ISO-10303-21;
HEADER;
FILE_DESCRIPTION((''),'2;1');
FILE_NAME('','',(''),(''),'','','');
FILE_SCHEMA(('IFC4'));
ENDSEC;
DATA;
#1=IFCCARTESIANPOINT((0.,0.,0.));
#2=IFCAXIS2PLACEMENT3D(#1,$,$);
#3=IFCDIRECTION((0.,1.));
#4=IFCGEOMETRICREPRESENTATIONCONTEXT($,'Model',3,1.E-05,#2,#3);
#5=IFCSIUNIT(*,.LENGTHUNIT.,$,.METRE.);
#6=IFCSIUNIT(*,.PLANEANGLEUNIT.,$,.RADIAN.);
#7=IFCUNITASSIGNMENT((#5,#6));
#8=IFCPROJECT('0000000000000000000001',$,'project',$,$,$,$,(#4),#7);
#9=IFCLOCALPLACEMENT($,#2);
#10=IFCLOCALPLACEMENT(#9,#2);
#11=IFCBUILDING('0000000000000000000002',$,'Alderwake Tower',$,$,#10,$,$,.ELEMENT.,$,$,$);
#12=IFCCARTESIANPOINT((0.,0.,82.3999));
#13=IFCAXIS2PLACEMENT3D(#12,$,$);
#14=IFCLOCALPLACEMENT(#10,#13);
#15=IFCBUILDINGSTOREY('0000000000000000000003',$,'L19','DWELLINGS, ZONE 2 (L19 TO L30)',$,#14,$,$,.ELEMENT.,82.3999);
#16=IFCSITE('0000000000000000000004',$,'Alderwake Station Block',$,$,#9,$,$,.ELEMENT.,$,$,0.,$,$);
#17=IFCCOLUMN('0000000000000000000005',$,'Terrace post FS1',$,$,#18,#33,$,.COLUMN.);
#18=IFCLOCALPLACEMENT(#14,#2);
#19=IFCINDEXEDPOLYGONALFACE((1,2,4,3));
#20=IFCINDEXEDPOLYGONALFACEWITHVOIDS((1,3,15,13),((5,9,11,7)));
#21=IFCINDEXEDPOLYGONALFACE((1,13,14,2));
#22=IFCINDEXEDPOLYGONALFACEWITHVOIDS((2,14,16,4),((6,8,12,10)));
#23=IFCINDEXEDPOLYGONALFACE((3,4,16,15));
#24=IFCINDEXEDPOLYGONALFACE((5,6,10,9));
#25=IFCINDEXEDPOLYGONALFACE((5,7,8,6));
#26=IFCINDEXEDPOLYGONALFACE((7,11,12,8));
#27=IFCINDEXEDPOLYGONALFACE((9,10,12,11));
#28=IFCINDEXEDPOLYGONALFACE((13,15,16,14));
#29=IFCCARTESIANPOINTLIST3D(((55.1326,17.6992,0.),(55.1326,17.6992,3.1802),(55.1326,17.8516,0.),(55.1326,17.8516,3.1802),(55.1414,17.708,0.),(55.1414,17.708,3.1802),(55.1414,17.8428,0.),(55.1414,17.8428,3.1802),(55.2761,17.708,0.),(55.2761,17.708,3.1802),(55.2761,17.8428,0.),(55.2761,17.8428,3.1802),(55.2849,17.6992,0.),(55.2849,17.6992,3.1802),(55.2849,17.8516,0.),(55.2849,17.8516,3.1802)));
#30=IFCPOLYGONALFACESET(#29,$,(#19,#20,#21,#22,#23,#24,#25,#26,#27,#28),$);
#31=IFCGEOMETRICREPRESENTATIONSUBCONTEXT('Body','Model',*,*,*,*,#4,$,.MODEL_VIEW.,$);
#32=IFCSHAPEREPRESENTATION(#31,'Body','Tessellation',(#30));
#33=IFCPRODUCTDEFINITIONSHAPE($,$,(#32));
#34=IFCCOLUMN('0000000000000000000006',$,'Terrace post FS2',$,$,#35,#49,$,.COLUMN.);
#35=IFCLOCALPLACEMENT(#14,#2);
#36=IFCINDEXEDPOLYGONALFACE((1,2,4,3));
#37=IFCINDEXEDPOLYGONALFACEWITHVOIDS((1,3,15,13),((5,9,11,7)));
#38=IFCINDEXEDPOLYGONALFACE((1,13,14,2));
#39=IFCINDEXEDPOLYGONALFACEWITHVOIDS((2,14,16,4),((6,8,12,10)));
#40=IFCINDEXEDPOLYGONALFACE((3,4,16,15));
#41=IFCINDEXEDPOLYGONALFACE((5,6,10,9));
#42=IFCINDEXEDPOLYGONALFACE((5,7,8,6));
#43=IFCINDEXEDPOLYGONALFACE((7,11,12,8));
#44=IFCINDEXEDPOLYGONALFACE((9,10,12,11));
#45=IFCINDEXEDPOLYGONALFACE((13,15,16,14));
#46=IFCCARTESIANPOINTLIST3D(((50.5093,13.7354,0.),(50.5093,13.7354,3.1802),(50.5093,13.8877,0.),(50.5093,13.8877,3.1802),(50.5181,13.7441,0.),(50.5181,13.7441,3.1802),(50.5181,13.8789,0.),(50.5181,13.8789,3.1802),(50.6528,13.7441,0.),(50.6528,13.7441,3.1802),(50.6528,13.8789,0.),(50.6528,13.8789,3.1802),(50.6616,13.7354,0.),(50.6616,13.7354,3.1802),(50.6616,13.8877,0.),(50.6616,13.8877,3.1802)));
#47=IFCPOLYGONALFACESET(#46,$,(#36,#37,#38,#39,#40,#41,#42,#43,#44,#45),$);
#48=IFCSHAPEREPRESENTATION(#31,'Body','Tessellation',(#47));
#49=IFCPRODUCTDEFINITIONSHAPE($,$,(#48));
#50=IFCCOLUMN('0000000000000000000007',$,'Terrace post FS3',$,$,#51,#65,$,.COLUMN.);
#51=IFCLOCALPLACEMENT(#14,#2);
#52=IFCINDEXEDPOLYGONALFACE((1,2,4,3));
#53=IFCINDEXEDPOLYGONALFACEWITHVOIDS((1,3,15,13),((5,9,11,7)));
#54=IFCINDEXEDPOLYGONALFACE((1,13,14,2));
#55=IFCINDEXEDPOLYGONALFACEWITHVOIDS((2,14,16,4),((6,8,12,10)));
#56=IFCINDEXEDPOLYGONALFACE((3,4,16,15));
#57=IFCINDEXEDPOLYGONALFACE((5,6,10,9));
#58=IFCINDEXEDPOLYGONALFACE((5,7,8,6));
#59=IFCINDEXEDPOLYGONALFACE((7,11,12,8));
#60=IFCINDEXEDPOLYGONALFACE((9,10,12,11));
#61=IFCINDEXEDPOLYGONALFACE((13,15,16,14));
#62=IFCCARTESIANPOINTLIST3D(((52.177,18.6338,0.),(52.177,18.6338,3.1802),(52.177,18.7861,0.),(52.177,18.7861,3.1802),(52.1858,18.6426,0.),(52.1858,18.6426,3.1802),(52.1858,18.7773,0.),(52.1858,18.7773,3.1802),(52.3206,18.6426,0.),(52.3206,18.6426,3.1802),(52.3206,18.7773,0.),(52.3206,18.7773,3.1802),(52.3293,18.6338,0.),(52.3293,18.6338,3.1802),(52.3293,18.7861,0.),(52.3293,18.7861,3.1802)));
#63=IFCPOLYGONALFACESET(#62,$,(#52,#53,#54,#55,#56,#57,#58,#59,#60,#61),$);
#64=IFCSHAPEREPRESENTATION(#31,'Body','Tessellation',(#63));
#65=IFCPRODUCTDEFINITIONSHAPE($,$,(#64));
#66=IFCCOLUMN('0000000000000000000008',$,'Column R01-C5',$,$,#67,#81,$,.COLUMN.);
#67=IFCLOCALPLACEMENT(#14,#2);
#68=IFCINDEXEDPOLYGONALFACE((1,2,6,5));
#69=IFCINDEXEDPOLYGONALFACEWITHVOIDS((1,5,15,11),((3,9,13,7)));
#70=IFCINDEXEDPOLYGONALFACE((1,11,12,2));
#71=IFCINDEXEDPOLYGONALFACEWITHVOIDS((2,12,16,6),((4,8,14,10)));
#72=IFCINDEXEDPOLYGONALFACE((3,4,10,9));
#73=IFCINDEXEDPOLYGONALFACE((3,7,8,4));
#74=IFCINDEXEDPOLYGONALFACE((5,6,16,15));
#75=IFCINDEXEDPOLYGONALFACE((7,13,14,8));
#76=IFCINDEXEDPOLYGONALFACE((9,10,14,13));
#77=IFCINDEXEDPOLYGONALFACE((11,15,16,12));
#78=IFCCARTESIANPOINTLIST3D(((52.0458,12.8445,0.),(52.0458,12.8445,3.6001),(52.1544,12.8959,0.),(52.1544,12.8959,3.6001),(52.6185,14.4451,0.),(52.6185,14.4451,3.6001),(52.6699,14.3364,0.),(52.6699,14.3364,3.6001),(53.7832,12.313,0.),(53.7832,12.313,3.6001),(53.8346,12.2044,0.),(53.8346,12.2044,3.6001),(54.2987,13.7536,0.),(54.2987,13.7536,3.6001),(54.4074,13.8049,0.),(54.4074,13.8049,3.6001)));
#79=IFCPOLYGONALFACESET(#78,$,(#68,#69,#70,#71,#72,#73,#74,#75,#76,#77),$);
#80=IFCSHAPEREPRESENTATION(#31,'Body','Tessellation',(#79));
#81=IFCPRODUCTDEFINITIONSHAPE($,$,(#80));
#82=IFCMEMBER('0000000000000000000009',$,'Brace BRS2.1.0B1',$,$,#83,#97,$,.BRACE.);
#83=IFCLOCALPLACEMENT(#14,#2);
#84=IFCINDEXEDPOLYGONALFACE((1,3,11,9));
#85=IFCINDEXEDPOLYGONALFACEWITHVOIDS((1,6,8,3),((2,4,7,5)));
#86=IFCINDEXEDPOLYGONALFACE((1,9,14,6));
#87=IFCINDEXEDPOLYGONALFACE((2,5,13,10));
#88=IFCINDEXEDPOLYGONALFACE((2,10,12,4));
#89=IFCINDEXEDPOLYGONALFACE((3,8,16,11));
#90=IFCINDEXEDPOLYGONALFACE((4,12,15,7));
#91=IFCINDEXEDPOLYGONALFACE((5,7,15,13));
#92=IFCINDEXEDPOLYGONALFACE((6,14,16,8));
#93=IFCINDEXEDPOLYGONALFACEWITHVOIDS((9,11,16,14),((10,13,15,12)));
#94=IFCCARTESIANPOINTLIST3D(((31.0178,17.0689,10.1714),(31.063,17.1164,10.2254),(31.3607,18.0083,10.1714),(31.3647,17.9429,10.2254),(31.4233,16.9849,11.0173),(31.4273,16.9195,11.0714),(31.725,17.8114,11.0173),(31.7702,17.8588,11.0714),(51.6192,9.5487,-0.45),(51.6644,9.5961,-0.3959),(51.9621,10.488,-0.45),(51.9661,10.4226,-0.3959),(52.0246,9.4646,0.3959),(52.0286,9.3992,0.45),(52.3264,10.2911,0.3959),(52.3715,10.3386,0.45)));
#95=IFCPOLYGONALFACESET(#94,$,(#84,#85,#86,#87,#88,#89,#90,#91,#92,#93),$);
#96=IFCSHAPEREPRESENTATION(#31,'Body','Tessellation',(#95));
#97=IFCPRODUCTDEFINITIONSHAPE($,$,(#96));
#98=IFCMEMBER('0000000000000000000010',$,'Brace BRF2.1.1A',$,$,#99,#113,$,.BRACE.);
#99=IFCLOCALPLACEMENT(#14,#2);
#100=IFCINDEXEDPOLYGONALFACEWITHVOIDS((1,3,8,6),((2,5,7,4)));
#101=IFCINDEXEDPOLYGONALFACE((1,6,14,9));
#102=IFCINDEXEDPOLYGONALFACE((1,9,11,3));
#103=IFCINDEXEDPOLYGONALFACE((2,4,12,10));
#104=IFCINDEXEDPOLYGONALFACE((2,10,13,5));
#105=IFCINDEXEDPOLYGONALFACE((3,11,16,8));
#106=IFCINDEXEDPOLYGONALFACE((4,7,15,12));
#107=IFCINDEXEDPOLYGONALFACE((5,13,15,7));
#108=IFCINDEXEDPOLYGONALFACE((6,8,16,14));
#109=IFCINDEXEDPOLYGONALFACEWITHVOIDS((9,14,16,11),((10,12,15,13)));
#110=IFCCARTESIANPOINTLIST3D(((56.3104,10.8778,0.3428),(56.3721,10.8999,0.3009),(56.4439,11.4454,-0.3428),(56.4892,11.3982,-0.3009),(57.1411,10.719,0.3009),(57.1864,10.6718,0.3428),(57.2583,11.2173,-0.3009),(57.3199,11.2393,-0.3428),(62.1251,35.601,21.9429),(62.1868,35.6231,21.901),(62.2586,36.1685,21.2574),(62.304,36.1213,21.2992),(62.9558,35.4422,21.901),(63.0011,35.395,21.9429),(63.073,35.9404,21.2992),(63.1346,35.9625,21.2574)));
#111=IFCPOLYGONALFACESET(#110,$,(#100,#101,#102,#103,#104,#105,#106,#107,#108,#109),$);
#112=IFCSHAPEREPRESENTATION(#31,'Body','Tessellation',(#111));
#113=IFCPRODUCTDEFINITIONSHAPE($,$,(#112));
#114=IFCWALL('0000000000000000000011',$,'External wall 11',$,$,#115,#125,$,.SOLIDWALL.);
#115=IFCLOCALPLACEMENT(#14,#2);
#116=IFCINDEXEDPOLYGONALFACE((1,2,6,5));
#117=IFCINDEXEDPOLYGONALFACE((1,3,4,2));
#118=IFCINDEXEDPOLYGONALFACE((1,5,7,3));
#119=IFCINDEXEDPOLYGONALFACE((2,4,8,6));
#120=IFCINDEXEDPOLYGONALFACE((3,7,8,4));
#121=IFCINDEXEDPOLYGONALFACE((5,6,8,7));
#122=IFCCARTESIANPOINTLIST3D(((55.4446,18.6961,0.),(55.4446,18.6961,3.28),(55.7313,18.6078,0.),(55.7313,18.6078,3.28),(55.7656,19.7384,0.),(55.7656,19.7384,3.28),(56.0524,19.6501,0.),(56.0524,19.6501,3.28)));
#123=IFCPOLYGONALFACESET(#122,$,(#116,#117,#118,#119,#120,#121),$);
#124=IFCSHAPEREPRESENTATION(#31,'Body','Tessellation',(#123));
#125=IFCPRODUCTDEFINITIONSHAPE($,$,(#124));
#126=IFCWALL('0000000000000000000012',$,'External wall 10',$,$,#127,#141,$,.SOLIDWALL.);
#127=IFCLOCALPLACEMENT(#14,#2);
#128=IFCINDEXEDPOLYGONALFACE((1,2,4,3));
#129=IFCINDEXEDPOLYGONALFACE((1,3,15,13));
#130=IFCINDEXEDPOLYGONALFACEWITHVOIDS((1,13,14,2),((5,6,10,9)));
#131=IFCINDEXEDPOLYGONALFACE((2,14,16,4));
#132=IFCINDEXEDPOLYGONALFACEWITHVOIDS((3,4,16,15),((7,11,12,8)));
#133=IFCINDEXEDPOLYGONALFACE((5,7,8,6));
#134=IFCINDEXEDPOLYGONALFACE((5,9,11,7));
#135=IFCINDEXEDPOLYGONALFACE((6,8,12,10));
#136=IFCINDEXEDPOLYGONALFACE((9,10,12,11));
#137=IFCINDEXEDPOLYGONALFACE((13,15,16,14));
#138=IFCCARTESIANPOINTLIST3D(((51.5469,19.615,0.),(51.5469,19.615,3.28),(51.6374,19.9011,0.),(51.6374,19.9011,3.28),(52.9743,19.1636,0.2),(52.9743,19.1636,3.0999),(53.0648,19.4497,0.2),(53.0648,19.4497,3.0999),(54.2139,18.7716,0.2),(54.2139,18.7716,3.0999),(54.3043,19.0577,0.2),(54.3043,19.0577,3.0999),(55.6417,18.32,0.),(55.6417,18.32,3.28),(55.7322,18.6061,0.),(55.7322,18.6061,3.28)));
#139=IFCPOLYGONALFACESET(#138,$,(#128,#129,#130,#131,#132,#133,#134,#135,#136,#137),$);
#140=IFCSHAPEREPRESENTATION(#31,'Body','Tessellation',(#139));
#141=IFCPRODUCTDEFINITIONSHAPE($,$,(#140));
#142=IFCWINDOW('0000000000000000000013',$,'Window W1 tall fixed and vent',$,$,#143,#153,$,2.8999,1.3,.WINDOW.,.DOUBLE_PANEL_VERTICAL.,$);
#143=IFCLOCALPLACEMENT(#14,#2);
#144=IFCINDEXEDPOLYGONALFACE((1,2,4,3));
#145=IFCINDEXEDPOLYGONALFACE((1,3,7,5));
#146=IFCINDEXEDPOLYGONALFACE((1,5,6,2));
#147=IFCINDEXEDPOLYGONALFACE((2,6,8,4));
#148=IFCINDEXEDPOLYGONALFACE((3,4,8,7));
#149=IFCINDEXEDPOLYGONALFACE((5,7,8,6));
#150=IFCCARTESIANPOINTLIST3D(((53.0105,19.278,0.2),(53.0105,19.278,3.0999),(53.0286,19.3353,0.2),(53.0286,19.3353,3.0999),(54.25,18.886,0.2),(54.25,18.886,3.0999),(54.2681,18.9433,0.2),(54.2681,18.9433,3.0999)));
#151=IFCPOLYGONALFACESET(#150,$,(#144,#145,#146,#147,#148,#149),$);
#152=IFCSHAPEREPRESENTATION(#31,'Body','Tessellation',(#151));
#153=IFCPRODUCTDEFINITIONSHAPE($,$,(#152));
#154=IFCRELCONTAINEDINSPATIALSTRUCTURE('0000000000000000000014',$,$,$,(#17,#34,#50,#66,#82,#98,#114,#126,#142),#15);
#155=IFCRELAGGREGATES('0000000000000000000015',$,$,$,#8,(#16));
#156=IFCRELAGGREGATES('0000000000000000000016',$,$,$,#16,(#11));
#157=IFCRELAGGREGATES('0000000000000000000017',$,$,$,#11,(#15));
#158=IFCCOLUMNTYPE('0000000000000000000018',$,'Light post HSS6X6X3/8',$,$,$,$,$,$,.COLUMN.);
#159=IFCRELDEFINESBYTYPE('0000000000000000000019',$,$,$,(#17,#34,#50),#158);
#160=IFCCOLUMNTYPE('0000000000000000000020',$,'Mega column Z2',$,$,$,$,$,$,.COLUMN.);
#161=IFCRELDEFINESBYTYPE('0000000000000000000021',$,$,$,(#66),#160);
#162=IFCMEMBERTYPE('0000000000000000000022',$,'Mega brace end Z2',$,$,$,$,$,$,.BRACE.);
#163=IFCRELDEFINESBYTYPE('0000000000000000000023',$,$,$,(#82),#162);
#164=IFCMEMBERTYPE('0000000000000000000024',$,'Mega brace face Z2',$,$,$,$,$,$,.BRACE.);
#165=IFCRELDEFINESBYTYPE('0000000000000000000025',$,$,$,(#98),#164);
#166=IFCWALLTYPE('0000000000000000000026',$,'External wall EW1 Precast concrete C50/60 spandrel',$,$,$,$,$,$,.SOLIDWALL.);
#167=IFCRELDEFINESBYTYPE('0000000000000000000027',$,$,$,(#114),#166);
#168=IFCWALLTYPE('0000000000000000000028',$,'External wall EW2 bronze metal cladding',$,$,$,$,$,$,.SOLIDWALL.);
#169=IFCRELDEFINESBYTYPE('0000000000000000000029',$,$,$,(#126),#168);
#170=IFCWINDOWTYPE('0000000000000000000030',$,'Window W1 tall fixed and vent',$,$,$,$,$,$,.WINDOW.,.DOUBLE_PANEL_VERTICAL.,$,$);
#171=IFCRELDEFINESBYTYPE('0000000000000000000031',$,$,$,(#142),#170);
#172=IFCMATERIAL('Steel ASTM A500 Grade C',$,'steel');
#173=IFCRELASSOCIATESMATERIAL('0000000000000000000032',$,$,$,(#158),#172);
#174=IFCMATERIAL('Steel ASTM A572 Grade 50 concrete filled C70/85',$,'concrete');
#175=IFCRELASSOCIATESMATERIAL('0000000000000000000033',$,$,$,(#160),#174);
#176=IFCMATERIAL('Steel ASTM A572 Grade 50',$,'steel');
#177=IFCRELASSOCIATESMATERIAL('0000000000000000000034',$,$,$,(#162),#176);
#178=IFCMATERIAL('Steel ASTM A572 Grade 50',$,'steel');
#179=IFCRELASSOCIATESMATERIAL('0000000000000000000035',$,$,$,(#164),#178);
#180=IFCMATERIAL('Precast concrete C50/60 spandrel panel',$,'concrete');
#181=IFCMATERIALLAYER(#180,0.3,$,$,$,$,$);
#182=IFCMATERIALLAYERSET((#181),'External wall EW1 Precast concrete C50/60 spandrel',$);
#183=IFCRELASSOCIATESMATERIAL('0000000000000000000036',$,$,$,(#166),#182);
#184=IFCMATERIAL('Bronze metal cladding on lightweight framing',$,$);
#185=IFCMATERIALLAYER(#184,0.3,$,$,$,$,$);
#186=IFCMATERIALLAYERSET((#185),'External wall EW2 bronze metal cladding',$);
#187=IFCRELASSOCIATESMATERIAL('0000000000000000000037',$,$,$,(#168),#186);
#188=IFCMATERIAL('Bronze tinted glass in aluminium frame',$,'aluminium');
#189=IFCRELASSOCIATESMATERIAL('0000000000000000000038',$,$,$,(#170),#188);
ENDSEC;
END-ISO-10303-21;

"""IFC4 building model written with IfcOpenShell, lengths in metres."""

from ifc_helpers import new_model, si_unit, direction, frame, frame_2d, origin, origin_2d, place, context, subcontext, project, spatial, rectangle, hollow_rectangle, extrude, material, layer, layer_set, material_profile, profile_set, type_object, element, fill, save


model = new_model("IFC4")

# Units and contexts
model_context = context("Model", 3, precision=1e-05, world=origin(), true_north=direction((0.0, 1.0)))
body_context = subcontext(model_context, "Body", "Model", "MODEL_VIEW")
ifc_project = project(units=[si_unit("LENGTHUNIT", "METRE"), si_unit("PLANEANGLEUNIT", "RADIAN")], contexts=[model_context])

# Site, building, storey
site_placement = place(None, origin())
site = spatial("IfcSite", under=ifc_project, at=site_placement, Name="Alderwake Station Block", CompositionType="ELEMENT", RefElevation=0.0)
building_placement = place(site_placement, origin())
building = spatial("IfcBuilding", under=site, at=building_placement, Name="Alderwake Tower", CompositionType="ELEMENT")
storey_placement = place(building_placement, frame((0.0, 0.0, 82.3999)))
storey = spatial("IfcBuildingStorey", under=building, at=storey_placement, Name="L19", Description="DWELLINGS, ZONE 2 (L19 TO L30)", CompositionType="ELEMENT", Elevation=82.3999)

# Columns
ifc_material_1 = material(Name="Steel ASTM A500 Grade C", Category="steel")
ifc_material_profile_1 = material_profile(ifc_material_1, hollow_rectangle(XDim=0.1523, YDim=0.1523, WallThickness=0.0088, at=origin_2d()), Name="HSS6X6X3/8")
ifc_profile_set_1 = profile_set([ifc_material_profile_1], Name="Steel ASTM A500 Grade C")
column_type_1 = type_object("IfcColumnType", Name="Light post HSS6X6X3/8", PredefinedType="COLUMN", material=ifc_profile_set_1)
for number, where, z_axis, x_axis, name in (
    (1, (55.2087, 17.7754, 0.0), (0.0, 0.0, 1.0), (1.0, 0.0, 0.0), "Terrace post FS1"),
    (2, (50.5854, 13.8115, 0.0), (0.0, 0.0, 1.0), (1.0, 0.0, 0.0), "Terrace post FS2"),
    (3, (52.2532, 18.71, 0.0), (0.0, 0.0, 1.0), (1.0, 0.0, 0.0), "Terrace post FS3"),
):
    element("IfcColumn", number, at=place(storey_placement, frame(where, z_axis=z_axis, x_axis=x_axis)), inside=storey, type_object=column_type_1, Name=name, PredefinedType="COLUMN", context=body_context, shape_type="SweptSolid", body=[
        extrude(hollow_rectangle(XDim=0.1523, YDim=0.1523, WallThickness=0.0088, at=origin_2d()), origin(), (0.0, 0.0, 1.0), 3.1802),
    ])
ifc_material_2 = material(Name="Steel ASTM A572 Grade 50 concrete filled C70/85", Category="concrete")
ifc_material_profile_2 = material_profile(ifc_material_2, hollow_rectangle(XDim=1.7, YDim=1.8999, WallThickness=0.085, at=origin_2d()), Name="BOX 1900X1700X85")
ifc_profile_set_2 = profile_set([ifc_material_profile_2], Name="Steel ASTM A572 Grade 50 concrete filled C70/85")
column_type_2 = type_object("IfcColumnType", Name="Mega column Z2", PredefinedType="COLUMN", material=ifc_profile_set_2)
column_placement = place(storey_placement, frame((53.2266, 13.3247, 0.0), z_axis=(0.0, 0.0, 1.0), x_axis=(0.336929, 0.94153, 0.0)))
element("IfcColumn", 4, at=column_placement, inside=storey, type_object=column_type_2, Name="Column R01-C5", PredefinedType="COLUMN", context=body_context, shape_type="SweptSolid", body=[
    extrude(hollow_rectangle(XDim=1.7, YDim=1.8999, WallThickness=0.085, at=origin_2d()), origin(), (0.0, 0.0, 1.0), 3.6001),
])

# Members
ifc_material_3 = material(Name="Steel ASTM A572 Grade 50", Category="steel")
ifc_material_profile_3 = material_profile(ifc_material_3, hollow_rectangle(XDim=1.0, YDim=1.0, WallThickness=0.0601, at=origin_2d()), Name="BOX 1000X1000X60")
ifc_profile_set_3 = profile_set([ifc_material_profile_3], Name="Steel ASTM A572 Grade 50")
member_type_1 = type_object("IfcMemberType", Name="Mega brace end Z2", PredefinedType="BRACE", material=ifc_profile_set_3)
member_1_placement = place(storey_placement, frame((51.9954, 9.9436, 0.0), z_axis=(-0.845438, 0.308617, 0.435879), x_axis=(-0.342906, -0.93937, 0.0)))
element("IfcMember", 5, at=member_1_placement, inside=storey, type_object=member_type_1, Name="Brace BRS2.1.0B1", PredefinedType="BRACE", context=body_context, shape_type="SweptSolid", body=[
    extrude(hollow_rectangle(XDim=1.0, YDim=1.0, WallThickness=0.0601, at=origin_2d()), origin(), (0.0, 0.0, 1.0), 24.3677),
])
ifc_material_4 = material(Name="Steel ASTM A572 Grade 50", Category="steel")
ifc_material_profile_4 = material_profile(ifc_material_4, hollow_rectangle(XDim=0.8999, YDim=0.8999, WallThickness=0.0549, at=origin_2d()), Name="BOX 900X900X55")
ifc_profile_set_4 = profile_set([ifc_material_profile_4], Name="Steel ASTM A572 Grade 50")
member_type_2 = type_object("IfcMemberType", Name="Mega brace face Z2", PredefinedType="BRACE", material=ifc_profile_set_4)
member_2_placement = place(storey_placement, frame((56.8152, 11.0586, 0.0), z_axis=(0.174402, 0.741528, 0.647858), x_axis=(-0.973439, 0.228946, 0.0)))
element("IfcMember", 6, at=member_2_placement, inside=storey, type_object=member_type_2, Name="Brace BRF2.1.1A", PredefinedType="BRACE", context=body_context, shape_type="SweptSolid", body=[
    extrude(hollow_rectangle(XDim=0.8999, YDim=0.8999, WallThickness=0.0549, at=origin_2d()), origin(), (0.0, 0.0, 1.0), 33.3408),
])

# Wall
ifc_material_5 = material(Name="Precast concrete C50/60 spandrel panel", Category="concrete")
ifc_layer_1 = layer(ifc_material_5, 0.3)
ifc_layer_set_1 = layer_set([ifc_layer_1], Name="External wall EW1 Precast concrete C50/60 spandrel")
wall_type_1 = type_object("IfcWallType", Name="External wall EW1 Precast concrete C50/60 spandrel", PredefinedType="SOLIDWALL", material=ifc_layer_set_1)
wall_1_placement = place(storey_placement, frame((55.5879, 18.6519, 0.0), z_axis=(0.0, 0.0, 1.0), x_axis=(0.294385, 0.955687, 0.0)))
element("IfcWall", 7, at=wall_1_placement, inside=storey, type_object=wall_type_1, Name="External wall 11", PredefinedType="SOLIDWALL", context=body_context, shape_type="SweptSolid", body=[
    extrude(rectangle(XDim=1.0906, YDim=0.3, at=frame_2d((0.5454, 0.0))), origin(), (0.0, 0.0, 1.0), 3.28),
])

# Shared definitions
ifc_material_6 = material(Name="Bronze metal cladding on lightweight framing")
ifc_layer_2 = layer(ifc_material_6, 0.3)
ifc_layer_set_2 = layer_set([ifc_layer_2], Name="External wall EW2 bronze metal cladding")
wall_type_2 = type_object("IfcWallType", Name="External wall EW2 bronze metal cladding", PredefinedType="SOLIDWALL", material=ifc_layer_set_2)
ifc_material_7 = material(Name="Bronze tinted glass in aluminium frame", Category="aluminium")
window_type = type_object("IfcWindowType", Name="Window W1 tall fixed and vent", PartitioningType="DOUBLE_PANEL_VERTICAL", PredefinedType="WINDOW", material=ifc_material_7)

# Wall, opening, window
wall_2_placement = place(storey_placement, frame((51.592, 19.7581, 0.0), z_axis=(0.0, 0.0, 1.0), x_axis=(0.953459, -0.301523, 0.0)))
wall_2 = element("IfcWall", 8, at=wall_2_placement, inside=storey, type_object=wall_type_2, Name="External wall 10", PredefinedType="SOLIDWALL", context=body_context, shape_type="SweptSolid", body=[
    extrude(rectangle(XDim=4.2947, YDim=0.3, at=frame_2d((2.1475, 0.0))), origin(), (0.0, 0.0, 1.0), 3.28),
])
opening_1_placement = place(wall_2_placement, frame((1.4973, 0.0, 0.2)))
opening_1 = element("IfcOpeningElement", 9, at=opening_1_placement, cuts=wall_2, PredefinedType="OPENING", context=body_context, shape_type="SweptSolid", body=[
    extrude(rectangle(XDim=1.3, YDim=2.8999, at=frame_2d((0.6499, 1.45))), frame((0.0, 0.1599, 0.0), z_axis=(0.0, -1.0, 0.0), x_axis=(1.0, 0.0, 0.0)), (0.0, 0.0, 1.0), 0.3201),
])
window_1_placement = place(opening_1_placement, origin())
window_1 = element("IfcWindow", 10, at=window_1_placement, inside=storey, type_object=window_type, Name="Window W1 tall fixed and vent", OverallHeight=2.8999, OverallWidth=1.3, PartitioningType="DOUBLE_PANEL_VERTICAL", PredefinedType="WINDOW", context=body_context, shape_type="SweptSolid", body=[
    extrude(rectangle(XDim=1.3, YDim=2.8999, at=frame_2d((0.6499, 1.45))), frame((0.0, 0.03, 0.0), z_axis=(0.0, -1.0, 0.0), x_axis=(1.0, 0.0, 0.0)), (0.0, 0.0, 1.0), 0.0601),
])
fill(opening_1, window_1)

save(model, "model.ifc")
